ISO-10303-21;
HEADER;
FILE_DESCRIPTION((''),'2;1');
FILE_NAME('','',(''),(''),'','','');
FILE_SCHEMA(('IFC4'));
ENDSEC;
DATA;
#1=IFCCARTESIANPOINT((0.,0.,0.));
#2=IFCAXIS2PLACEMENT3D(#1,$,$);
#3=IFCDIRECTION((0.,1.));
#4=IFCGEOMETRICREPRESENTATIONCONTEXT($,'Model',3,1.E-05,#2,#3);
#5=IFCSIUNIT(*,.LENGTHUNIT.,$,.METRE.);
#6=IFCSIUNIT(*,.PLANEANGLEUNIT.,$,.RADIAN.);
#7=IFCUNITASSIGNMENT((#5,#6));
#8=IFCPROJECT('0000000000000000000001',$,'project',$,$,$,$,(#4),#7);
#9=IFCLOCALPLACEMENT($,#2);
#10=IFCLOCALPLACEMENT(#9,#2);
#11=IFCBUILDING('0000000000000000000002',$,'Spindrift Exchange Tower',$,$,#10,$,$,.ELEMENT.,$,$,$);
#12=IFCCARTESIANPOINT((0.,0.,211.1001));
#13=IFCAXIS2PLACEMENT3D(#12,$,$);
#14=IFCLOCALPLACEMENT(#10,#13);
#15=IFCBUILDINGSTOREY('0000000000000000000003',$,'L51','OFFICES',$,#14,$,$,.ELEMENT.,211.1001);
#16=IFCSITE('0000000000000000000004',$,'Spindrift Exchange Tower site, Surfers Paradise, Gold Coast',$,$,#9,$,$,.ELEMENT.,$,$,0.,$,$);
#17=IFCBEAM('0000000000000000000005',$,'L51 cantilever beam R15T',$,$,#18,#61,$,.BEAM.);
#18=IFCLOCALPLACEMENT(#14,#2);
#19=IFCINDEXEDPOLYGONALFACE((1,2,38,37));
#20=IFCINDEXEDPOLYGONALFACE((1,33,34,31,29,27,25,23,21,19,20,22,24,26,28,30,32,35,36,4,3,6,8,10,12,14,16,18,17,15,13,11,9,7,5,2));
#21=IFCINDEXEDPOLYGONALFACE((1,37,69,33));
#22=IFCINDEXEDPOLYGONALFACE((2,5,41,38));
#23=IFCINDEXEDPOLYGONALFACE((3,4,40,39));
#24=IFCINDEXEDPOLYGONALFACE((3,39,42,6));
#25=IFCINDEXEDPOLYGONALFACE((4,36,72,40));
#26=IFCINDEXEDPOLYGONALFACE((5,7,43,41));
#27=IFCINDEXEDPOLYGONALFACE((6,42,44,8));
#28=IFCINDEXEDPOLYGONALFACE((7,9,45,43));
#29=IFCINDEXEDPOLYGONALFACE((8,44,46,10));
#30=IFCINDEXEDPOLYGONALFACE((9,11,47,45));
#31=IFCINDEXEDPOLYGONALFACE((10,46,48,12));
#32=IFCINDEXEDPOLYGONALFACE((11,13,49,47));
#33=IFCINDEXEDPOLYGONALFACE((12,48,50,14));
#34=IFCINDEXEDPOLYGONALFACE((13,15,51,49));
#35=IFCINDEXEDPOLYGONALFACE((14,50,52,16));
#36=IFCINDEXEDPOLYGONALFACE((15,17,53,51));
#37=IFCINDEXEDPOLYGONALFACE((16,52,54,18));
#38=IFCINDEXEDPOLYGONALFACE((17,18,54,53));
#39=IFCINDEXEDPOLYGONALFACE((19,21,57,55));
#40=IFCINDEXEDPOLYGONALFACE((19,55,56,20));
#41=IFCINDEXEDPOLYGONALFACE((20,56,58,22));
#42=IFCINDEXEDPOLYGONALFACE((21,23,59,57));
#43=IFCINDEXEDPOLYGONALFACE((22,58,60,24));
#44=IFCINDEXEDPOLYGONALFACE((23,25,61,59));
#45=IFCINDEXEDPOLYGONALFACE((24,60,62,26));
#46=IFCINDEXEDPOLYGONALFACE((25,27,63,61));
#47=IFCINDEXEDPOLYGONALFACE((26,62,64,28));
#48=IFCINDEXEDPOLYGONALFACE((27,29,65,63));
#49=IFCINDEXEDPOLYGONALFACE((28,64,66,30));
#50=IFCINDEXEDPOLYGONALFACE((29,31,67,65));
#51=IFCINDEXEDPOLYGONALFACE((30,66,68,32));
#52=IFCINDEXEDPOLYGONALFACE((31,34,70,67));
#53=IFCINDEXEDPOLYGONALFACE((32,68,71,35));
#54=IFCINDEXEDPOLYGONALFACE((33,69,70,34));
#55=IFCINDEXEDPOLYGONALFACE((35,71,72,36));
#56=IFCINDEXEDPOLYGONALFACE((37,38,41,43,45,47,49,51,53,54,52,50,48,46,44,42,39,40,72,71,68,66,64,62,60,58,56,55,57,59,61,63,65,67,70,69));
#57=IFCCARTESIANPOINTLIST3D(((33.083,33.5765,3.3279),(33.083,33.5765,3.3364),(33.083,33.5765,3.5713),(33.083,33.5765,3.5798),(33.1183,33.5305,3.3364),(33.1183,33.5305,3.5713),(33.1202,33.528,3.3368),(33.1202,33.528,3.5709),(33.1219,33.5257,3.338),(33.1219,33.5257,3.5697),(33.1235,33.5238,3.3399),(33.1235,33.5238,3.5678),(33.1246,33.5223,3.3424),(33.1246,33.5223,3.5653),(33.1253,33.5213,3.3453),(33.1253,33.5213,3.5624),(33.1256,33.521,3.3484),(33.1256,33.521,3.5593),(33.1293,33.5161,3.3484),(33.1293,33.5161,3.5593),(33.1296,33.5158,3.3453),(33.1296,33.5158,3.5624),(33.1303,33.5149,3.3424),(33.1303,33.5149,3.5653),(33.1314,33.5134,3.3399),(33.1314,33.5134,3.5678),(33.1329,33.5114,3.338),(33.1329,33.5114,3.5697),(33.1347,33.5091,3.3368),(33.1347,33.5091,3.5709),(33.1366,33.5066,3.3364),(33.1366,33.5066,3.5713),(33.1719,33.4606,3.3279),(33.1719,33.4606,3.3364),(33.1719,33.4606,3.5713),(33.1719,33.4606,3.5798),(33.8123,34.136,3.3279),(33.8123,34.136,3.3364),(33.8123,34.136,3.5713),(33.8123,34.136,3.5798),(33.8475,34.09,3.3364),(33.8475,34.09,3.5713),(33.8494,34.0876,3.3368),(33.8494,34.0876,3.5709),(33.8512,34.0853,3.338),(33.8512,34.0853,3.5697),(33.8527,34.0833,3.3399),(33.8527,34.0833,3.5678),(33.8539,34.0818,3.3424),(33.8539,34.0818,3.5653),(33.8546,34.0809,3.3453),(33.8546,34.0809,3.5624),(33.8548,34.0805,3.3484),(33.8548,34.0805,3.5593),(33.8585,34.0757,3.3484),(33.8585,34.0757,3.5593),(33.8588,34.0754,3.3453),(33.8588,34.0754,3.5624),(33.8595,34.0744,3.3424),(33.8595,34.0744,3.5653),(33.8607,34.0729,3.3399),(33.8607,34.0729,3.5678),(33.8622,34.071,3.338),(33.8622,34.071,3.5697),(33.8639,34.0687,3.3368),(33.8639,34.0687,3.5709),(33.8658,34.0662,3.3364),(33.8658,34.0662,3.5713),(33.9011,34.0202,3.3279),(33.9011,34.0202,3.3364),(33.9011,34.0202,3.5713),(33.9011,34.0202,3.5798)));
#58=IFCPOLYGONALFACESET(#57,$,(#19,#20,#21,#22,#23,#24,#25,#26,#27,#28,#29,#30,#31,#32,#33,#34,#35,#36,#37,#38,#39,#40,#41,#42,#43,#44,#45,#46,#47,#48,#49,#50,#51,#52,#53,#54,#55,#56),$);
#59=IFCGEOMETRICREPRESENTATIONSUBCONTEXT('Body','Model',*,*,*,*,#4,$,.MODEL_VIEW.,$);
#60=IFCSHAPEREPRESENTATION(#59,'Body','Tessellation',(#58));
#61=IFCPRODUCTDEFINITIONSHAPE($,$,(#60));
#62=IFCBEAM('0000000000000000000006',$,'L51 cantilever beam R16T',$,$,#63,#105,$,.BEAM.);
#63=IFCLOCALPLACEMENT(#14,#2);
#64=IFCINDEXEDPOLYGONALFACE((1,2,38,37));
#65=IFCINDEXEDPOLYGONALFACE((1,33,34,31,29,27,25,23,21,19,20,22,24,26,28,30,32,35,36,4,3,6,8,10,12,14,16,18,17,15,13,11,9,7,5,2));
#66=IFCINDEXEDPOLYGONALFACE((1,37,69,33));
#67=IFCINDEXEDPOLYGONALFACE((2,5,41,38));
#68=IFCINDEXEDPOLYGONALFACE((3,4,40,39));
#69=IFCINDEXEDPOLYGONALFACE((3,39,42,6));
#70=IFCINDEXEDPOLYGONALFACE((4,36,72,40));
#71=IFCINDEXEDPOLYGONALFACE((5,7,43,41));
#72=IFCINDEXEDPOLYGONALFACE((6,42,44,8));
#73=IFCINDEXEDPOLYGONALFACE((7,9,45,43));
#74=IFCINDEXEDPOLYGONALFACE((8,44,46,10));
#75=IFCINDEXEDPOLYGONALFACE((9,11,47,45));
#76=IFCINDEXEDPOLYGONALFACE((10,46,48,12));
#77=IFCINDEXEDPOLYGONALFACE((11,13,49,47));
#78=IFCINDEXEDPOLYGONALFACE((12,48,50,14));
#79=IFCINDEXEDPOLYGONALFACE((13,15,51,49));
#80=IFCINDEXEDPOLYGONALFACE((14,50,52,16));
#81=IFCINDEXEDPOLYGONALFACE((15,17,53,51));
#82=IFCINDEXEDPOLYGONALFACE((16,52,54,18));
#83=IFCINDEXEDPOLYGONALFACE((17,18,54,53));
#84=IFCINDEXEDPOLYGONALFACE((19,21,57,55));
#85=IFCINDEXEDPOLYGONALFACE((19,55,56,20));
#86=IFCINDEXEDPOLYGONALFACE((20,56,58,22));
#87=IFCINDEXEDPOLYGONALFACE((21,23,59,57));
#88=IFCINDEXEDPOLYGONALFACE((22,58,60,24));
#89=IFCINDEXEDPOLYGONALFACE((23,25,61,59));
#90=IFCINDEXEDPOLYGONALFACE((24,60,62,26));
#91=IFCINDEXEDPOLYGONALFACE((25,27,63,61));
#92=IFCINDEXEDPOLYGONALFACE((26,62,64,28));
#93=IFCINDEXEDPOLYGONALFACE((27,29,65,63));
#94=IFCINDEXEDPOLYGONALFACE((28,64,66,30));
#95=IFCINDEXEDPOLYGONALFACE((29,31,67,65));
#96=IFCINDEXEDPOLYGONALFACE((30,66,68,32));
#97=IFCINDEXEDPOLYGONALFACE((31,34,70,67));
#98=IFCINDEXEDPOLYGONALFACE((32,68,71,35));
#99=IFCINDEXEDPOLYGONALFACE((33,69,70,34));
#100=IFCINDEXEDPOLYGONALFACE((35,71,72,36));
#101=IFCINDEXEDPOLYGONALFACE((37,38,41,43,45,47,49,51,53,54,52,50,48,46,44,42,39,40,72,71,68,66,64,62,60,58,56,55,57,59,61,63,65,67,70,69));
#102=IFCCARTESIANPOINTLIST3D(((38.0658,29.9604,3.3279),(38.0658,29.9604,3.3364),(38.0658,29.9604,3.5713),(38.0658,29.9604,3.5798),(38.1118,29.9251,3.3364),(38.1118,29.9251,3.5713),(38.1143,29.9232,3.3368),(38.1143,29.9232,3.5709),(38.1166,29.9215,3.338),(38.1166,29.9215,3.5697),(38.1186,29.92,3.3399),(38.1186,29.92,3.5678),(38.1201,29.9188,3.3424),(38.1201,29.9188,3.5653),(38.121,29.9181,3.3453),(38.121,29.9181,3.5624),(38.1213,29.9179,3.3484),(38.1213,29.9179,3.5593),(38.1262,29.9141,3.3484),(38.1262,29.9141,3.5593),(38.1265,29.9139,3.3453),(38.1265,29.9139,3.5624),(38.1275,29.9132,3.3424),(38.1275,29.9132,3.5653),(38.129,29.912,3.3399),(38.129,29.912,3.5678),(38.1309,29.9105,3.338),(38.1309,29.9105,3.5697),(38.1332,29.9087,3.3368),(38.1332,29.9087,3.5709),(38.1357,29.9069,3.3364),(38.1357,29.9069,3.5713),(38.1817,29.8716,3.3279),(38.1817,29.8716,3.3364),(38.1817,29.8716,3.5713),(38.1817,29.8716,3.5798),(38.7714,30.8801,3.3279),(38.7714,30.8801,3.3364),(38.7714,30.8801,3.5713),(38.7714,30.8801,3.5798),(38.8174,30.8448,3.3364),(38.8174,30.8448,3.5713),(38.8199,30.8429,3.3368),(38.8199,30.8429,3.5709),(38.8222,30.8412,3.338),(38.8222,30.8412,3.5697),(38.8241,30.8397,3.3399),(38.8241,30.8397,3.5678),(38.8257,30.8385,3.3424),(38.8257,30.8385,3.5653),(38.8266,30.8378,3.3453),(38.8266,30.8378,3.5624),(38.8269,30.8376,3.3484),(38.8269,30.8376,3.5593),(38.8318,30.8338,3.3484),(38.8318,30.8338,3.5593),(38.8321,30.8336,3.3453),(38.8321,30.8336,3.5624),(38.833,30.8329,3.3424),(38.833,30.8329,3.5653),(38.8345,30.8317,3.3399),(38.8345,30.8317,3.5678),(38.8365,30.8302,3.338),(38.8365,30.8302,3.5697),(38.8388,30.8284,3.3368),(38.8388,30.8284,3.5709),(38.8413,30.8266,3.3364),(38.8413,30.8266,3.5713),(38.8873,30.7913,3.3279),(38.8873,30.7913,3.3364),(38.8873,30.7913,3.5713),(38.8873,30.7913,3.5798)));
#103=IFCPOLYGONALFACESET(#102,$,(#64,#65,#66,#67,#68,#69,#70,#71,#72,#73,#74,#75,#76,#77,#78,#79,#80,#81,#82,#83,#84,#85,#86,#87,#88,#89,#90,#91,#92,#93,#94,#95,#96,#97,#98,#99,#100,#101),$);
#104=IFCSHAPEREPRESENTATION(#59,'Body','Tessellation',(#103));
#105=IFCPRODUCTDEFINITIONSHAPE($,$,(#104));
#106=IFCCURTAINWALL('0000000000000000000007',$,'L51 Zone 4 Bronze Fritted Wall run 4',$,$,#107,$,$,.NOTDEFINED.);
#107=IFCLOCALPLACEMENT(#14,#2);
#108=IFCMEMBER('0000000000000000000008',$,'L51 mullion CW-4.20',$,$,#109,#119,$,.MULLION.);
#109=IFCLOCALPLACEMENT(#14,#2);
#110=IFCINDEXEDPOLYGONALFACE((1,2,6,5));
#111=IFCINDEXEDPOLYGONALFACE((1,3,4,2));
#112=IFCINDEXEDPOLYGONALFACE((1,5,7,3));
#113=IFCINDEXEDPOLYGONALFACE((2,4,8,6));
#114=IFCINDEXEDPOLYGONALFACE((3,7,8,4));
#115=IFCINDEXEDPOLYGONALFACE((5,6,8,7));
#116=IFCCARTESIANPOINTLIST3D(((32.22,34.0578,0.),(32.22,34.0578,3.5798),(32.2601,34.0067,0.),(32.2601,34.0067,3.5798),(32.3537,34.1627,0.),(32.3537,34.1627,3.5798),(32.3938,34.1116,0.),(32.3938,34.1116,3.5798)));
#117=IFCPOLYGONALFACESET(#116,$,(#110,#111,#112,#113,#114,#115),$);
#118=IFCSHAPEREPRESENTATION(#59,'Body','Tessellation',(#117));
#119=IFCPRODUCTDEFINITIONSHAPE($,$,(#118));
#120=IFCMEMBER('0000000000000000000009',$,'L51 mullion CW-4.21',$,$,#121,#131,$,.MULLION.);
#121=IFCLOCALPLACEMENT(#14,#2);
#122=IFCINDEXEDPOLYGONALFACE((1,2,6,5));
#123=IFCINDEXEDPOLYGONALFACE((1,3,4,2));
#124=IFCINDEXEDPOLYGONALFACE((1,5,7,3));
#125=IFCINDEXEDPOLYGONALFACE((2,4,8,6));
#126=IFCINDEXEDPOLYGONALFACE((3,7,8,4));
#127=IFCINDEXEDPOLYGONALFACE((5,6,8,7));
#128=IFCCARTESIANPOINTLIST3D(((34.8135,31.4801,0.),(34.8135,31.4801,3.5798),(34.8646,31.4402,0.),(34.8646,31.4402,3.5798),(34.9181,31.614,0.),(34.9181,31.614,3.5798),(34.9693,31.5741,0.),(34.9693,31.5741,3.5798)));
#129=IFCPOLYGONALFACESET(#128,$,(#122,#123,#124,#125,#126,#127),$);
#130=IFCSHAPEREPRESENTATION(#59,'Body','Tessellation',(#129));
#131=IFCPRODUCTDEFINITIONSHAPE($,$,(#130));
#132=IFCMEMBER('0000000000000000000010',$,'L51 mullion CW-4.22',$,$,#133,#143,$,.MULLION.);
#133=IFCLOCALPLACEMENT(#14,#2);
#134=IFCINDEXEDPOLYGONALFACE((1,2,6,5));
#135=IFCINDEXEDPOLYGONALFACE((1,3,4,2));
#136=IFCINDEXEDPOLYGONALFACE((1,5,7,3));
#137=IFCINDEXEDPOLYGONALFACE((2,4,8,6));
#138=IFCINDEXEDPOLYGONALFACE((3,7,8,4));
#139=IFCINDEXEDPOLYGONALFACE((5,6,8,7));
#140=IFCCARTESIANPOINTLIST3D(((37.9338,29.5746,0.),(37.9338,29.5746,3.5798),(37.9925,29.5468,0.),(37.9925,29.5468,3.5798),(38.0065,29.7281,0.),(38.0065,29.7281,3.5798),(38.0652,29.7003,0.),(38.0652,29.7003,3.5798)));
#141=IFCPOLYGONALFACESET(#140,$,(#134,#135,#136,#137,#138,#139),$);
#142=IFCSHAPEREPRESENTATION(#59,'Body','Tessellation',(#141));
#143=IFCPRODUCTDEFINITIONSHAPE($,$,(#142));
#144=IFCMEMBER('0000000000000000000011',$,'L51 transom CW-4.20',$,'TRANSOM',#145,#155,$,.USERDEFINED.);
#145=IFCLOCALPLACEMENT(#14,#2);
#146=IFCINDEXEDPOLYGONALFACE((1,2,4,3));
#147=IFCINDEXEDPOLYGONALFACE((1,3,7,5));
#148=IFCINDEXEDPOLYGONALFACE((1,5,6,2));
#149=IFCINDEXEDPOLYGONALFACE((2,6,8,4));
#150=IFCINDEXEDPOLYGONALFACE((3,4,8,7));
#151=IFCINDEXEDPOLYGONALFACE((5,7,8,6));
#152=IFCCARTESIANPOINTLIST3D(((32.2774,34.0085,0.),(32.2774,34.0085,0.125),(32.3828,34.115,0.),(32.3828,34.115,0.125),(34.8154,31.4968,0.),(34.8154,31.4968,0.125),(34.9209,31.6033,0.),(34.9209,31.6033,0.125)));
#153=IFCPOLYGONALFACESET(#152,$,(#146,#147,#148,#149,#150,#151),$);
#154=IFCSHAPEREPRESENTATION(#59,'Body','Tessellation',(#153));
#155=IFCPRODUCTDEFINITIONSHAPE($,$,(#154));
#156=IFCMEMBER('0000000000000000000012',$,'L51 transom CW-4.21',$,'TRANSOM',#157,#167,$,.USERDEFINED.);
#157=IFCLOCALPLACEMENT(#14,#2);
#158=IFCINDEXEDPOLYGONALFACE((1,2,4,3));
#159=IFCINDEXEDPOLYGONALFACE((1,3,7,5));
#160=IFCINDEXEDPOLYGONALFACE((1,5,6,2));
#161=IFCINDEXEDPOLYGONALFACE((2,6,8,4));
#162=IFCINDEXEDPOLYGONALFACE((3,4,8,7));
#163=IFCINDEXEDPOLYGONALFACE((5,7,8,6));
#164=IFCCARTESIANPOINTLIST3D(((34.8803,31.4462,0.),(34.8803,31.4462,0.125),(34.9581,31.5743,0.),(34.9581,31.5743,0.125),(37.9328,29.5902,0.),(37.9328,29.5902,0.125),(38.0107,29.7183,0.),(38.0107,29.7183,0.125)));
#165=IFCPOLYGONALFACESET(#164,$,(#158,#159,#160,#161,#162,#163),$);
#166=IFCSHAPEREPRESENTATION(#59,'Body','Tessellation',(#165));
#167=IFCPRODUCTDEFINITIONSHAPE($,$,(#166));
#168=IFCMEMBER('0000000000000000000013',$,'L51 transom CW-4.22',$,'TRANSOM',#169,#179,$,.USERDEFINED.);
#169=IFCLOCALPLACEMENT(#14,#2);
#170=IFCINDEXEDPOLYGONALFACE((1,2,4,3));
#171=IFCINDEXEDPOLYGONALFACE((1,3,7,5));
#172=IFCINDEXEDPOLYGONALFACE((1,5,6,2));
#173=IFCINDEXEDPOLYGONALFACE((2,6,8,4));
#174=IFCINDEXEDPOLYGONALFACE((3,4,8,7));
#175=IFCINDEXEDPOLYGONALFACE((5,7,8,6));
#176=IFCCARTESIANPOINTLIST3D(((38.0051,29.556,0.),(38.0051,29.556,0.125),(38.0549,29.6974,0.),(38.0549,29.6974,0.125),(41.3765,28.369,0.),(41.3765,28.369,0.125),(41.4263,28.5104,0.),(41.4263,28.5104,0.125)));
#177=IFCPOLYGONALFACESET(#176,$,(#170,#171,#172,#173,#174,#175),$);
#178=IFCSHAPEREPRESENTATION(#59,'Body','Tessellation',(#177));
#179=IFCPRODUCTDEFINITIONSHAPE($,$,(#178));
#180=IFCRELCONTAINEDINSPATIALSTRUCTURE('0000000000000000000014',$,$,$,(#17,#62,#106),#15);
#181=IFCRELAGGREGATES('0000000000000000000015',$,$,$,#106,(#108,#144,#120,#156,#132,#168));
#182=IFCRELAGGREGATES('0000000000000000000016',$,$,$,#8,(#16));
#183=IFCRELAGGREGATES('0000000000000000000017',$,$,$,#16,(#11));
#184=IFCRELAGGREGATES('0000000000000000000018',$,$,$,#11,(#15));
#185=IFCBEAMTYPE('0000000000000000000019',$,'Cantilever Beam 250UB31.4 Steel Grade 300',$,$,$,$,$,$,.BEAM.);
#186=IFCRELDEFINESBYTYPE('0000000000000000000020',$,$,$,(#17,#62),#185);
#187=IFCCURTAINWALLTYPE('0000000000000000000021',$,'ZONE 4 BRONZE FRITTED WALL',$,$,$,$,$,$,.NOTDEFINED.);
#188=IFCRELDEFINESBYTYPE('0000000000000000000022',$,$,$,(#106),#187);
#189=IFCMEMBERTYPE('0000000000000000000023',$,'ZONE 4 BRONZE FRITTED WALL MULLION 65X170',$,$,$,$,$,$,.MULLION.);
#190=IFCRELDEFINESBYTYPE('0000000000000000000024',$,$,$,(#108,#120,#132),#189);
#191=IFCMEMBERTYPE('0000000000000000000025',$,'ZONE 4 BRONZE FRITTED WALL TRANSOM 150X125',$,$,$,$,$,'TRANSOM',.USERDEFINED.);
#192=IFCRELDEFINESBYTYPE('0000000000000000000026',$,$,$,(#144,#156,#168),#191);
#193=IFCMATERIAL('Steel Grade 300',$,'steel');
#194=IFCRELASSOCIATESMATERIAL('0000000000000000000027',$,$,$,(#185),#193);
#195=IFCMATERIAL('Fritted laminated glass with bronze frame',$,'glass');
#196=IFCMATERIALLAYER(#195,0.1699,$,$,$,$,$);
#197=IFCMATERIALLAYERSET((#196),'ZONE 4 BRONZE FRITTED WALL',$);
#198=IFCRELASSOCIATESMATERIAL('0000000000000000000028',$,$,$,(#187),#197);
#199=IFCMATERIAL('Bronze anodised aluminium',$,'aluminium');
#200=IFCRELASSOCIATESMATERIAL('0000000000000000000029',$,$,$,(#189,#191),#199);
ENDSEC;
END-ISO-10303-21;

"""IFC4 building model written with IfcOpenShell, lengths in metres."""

from ifc_helpers import new_model, si_unit, direction, frame, origin, origin_2d, place, context, subcontext, project, spatial, rectangle, i_section, extrude, source, transform, mapped, material, layer, layer_set, material_profile, profile_set, type_object, element, aggregate, save


model = new_model("IFC4")

# Units and contexts
model_context = context("Model", 3, precision=1e-05, world=origin(), true_north=direction((0.0, 1.0)))
body_context = subcontext(model_context, "Body", "Model", "MODEL_VIEW")
ifc_project = project(units=[si_unit("LENGTHUNIT", "METRE"), si_unit("PLANEANGLEUNIT", "RADIAN")], contexts=[model_context])

# Site, building, storey
site_placement = place(None, origin())
site = spatial("IfcSite", under=ifc_project, at=site_placement, Name="Spindrift Exchange Tower site, Surfers Paradise, Gold Coast", CompositionType="ELEMENT", RefElevation=0.0)
building_placement = place(site_placement, origin())
building = spatial("IfcBuilding", under=site, at=building_placement, Name="Spindrift Exchange Tower", CompositionType="ELEMENT")
storey_placement = place(building_placement, frame((0.0, 0.0, 211.1001)))
storey = spatial("IfcBuildingStorey", under=building, at=storey_placement, Name="L51", Description="OFFICES", CompositionType="ELEMENT", Elevation=211.1001)

# Beams
ifc_material_1 = material(Name="Steel Grade 300", Category="steel")
ifc_material_profile_1 = material_profile(ifc_material_1, i_section(OverallWidth=0.146, OverallDepth=0.252, WebThickness=0.0061, FlangeThickness=0.0085, FilletRadius=0.012, at=origin_2d()), Name="250UB31.4")
ifc_profile_set_1 = profile_set([ifc_material_profile_1], Name="Steel Grade 300")
beam_type_1 = type_object("IfcBeamType", Name="Cantilever Beam 250UB31.4 Steel Grade 300", PredefinedType="BEAM", material=ifc_profile_set_1)
shared_shape_1 = source(origin(), body_context, "Body", "SweptSolid", [
    extrude(i_section(OverallWidth=0.146, OverallDepth=0.252, WebThickness=0.0061, FlangeThickness=0.0085, FilletRadius=0.012, at=origin_2d()), origin(), (0.0, 0.0, 1.0), 0.9192),
])
beam_1_placement = place(storey_placement, frame((33.8567, 34.0781, 3.4539), z_axis=(-0.793354, -0.60876, 0.0), x_axis=(0.60876, -0.793354, 0.0)))
element("IfcBeam", 1, at=beam_1_placement, inside=storey, type_object=beam_type_1, Name="L51 cantilever beam R15T", PredefinedType="BEAM", context=body_context, shape_type="MappedRepresentation", body=[
    mapped(shared_shape_1, transform((0.0, 0.0, 0.0), scale=1.0)),
])
shared_shape_2 = source(origin(), body_context, "Body", "SweptSolid", [
    extrude(i_section(OverallWidth=0.146, OverallDepth=0.252, WebThickness=0.0061, FlangeThickness=0.0085, FilletRadius=0.012, at=origin_2d()), origin(), (0.0, 0.0, 1.0), 1.1592),
])
beam_2_placement = place(storey_placement, frame((38.8293, 30.8357, 3.4539), z_axis=(-0.608692, -0.793406, 0.0), x_axis=(0.793406, -0.608692, 0.0)))
element("IfcBeam", 2, at=beam_2_placement, inside=storey, type_object=beam_type_1, Name="L51 cantilever beam R16T", PredefinedType="BEAM", context=body_context, shape_type="MappedRepresentation", body=[
    mapped(shared_shape_2, transform((0.0, 0.0, 0.0), scale=1.0)),
])

# Curtain wall, members
ifc_material_2 = material(Name="Fritted laminated glass with bronze frame", Category="glass")
ifc_layer_1 = layer(ifc_material_2, 0.1699)
ifc_layer_set_1 = layer_set([ifc_layer_1], Name="ZONE 4 BRONZE FRITTED WALL")
curtain_wall_type = type_object("IfcCurtainWallType", Name="ZONE 4 BRONZE FRITTED WALL", PredefinedType="NOTDEFINED", material=ifc_layer_set_1)
curtain_wall_placement = place(storey_placement, origin())
curtain_wall = element("IfcCurtainWall", 3, at=curtain_wall_placement, inside=storey, type_object=curtain_wall_type, Name="L51 Zone 4 Bronze Fritted Wall run 4", PredefinedType="NOTDEFINED")
ifc_material_3 = material(Name="Bronze anodised aluminium", Category="aluminium")
ifc_material_profile_2 = material_profile(ifc_material_3, rectangle(XDim=0.0649, YDim=0.1699, at=origin_2d()), Name="ZONE 4 BRONZE FRITTED WALL MULLION 65X170")
ifc_profile_set_2 = profile_set([ifc_material_profile_2], Name="Bronze anodised aluminium")
member_type_1 = type_object("IfcMemberType", Name="ZONE 4 BRONZE FRITTED WALL MULLION 65X170", PredefinedType="MULLION", material=ifc_profile_set_2)
shared_shape_3 = source(origin(), body_context, "Body", "SweptSolid", [
    extrude(rectangle(XDim=0.0649, YDim=0.1699, at=origin_2d()), origin(), (0.0, 0.0, 1.0), 3.5798),
])
member_1_placement = place(storey_placement, frame((32.3069, 34.0847, 0.0), z_axis=(0.0, 0.0, 1.0), x_axis=(0.61719, -0.786814, 0.0)))
member_1 = element("IfcMember", 4, at=member_1_placement, type_object=member_type_1, Name="L51 mullion CW-4.20", PredefinedType="MULLION", context=body_context, shape_type="MappedRepresentation", body=[
    mapped(shared_shape_3, transform((0.0, 0.0, 0.0), scale=1.0)),
])
member_2_placement = place(storey_placement, frame((34.8914, 31.5271, 0.0), z_axis=(0.0, 0.0, 1.0), x_axis=(0.788013, -0.615658, 0.0)))
member_2 = element("IfcMember", 5, at=member_2_placement, type_object=member_type_1, Name="L51 mullion CW-4.21", PredefinedType="MULLION", context=body_context, shape_type="MappedRepresentation", body=[
    mapped(shared_shape_3, transform((0.0, 0.0, 0.0), scale=1.0)),
])
member_3_placement = place(storey_placement, frame((37.9995, 29.6375, 0.0), z_axis=(0.0, 0.0, 1.0), x_axis=(0.903724, -0.428116, 0.0)))
member_3 = element("IfcMember", 6, at=member_3_placement, type_object=member_type_1, Name="L51 mullion CW-4.22", PredefinedType="MULLION", context=body_context, shape_type="MappedRepresentation", body=[
    mapped(shared_shape_3, transform((0.0, 0.0, 0.0), scale=1.0)),
])
ifc_material_profile_3 = material_profile(ifc_material_3, rectangle(XDim=0.1499, YDim=0.125, at=origin_2d()), Name="ZONE 4 BRONZE FRITTED WALL TRANSOM 150X125")
ifc_profile_set_3 = profile_set([ifc_material_profile_3], Name="Bronze anodised aluminium")
member_type_2 = type_object("IfcMemberType", Name="ZONE 4 BRONZE FRITTED WALL TRANSOM 150X125", ElementType="TRANSOM", PredefinedType="USERDEFINED", material=ifc_profile_set_3)
shared_shape_4 = source(origin(), body_context, "Body", "SweptSolid", [
    extrude(rectangle(XDim=0.1499, YDim=0.125, at=origin_2d()), origin(), (0.0, 0.0, 1.0), 3.5708),
])
member_4_placement = place(storey_placement, frame((32.3301, 34.0618, 0.0625), z_axis=(0.710789, -0.703405, 0.0), x_axis=(0.703405, 0.710789, 0.0)))
member_4 = element("IfcMember", 7, at=member_4_placement, type_object=member_type_2, Name="L51 transom CW-4.20", ObjectType="TRANSOM", PredefinedType="USERDEFINED", context=body_context, shape_type="MappedRepresentation", body=[
    mapped(shared_shape_4, transform((0.0, 0.0, 0.0), scale=1.0)),
])
shared_shape_5 = source(origin(), body_context, "Body", "SweptSolid", [
    extrude(rectangle(XDim=0.1499, YDim=0.125, at=origin_2d()), origin(), (0.0, 0.0, 1.0), 3.5725),
])
member_5_placement = place(storey_placement, frame((34.9192, 31.5103, 0.0625), z_axis=(0.854457, -0.519522, 0.0), x_axis=(0.519522, 0.854457, 0.0)))
member_5 = element("IfcMember", 8, at=member_5_placement, type_object=member_type_2, Name="L51 transom CW-4.21", ObjectType="TRANSOM", PredefinedType="USERDEFINED", context=body_context, shape_type="MappedRepresentation", body=[
    mapped(shared_shape_5, transform((0.0, 0.0, 0.0), scale=1.0)),
])
shared_shape_6 = source(origin(), body_context, "Body", "SweptSolid", [
    extrude(rectangle(XDim=0.1499, YDim=0.125, at=origin_2d()), origin(), (0.0, 0.0, 1.0), 3.5742),
])
member_6_placement = place(storey_placement, frame((38.03, 29.6267, 0.0625), z_axis=(0.943242, -0.332105, 0.0), x_axis=(0.332105, 0.943242, 0.0)))
member_6 = element("IfcMember", 9, at=member_6_placement, type_object=member_type_2, Name="L51 transom CW-4.22", ObjectType="TRANSOM", PredefinedType="USERDEFINED", context=body_context, shape_type="MappedRepresentation", body=[
    mapped(shared_shape_6, transform((0.0, 0.0, 0.0), scale=1.0)),
])

aggregate(curtain_wall, [member_1, member_4, member_2, member_5, member_3, member_6])

save(model, "model.ifc")
